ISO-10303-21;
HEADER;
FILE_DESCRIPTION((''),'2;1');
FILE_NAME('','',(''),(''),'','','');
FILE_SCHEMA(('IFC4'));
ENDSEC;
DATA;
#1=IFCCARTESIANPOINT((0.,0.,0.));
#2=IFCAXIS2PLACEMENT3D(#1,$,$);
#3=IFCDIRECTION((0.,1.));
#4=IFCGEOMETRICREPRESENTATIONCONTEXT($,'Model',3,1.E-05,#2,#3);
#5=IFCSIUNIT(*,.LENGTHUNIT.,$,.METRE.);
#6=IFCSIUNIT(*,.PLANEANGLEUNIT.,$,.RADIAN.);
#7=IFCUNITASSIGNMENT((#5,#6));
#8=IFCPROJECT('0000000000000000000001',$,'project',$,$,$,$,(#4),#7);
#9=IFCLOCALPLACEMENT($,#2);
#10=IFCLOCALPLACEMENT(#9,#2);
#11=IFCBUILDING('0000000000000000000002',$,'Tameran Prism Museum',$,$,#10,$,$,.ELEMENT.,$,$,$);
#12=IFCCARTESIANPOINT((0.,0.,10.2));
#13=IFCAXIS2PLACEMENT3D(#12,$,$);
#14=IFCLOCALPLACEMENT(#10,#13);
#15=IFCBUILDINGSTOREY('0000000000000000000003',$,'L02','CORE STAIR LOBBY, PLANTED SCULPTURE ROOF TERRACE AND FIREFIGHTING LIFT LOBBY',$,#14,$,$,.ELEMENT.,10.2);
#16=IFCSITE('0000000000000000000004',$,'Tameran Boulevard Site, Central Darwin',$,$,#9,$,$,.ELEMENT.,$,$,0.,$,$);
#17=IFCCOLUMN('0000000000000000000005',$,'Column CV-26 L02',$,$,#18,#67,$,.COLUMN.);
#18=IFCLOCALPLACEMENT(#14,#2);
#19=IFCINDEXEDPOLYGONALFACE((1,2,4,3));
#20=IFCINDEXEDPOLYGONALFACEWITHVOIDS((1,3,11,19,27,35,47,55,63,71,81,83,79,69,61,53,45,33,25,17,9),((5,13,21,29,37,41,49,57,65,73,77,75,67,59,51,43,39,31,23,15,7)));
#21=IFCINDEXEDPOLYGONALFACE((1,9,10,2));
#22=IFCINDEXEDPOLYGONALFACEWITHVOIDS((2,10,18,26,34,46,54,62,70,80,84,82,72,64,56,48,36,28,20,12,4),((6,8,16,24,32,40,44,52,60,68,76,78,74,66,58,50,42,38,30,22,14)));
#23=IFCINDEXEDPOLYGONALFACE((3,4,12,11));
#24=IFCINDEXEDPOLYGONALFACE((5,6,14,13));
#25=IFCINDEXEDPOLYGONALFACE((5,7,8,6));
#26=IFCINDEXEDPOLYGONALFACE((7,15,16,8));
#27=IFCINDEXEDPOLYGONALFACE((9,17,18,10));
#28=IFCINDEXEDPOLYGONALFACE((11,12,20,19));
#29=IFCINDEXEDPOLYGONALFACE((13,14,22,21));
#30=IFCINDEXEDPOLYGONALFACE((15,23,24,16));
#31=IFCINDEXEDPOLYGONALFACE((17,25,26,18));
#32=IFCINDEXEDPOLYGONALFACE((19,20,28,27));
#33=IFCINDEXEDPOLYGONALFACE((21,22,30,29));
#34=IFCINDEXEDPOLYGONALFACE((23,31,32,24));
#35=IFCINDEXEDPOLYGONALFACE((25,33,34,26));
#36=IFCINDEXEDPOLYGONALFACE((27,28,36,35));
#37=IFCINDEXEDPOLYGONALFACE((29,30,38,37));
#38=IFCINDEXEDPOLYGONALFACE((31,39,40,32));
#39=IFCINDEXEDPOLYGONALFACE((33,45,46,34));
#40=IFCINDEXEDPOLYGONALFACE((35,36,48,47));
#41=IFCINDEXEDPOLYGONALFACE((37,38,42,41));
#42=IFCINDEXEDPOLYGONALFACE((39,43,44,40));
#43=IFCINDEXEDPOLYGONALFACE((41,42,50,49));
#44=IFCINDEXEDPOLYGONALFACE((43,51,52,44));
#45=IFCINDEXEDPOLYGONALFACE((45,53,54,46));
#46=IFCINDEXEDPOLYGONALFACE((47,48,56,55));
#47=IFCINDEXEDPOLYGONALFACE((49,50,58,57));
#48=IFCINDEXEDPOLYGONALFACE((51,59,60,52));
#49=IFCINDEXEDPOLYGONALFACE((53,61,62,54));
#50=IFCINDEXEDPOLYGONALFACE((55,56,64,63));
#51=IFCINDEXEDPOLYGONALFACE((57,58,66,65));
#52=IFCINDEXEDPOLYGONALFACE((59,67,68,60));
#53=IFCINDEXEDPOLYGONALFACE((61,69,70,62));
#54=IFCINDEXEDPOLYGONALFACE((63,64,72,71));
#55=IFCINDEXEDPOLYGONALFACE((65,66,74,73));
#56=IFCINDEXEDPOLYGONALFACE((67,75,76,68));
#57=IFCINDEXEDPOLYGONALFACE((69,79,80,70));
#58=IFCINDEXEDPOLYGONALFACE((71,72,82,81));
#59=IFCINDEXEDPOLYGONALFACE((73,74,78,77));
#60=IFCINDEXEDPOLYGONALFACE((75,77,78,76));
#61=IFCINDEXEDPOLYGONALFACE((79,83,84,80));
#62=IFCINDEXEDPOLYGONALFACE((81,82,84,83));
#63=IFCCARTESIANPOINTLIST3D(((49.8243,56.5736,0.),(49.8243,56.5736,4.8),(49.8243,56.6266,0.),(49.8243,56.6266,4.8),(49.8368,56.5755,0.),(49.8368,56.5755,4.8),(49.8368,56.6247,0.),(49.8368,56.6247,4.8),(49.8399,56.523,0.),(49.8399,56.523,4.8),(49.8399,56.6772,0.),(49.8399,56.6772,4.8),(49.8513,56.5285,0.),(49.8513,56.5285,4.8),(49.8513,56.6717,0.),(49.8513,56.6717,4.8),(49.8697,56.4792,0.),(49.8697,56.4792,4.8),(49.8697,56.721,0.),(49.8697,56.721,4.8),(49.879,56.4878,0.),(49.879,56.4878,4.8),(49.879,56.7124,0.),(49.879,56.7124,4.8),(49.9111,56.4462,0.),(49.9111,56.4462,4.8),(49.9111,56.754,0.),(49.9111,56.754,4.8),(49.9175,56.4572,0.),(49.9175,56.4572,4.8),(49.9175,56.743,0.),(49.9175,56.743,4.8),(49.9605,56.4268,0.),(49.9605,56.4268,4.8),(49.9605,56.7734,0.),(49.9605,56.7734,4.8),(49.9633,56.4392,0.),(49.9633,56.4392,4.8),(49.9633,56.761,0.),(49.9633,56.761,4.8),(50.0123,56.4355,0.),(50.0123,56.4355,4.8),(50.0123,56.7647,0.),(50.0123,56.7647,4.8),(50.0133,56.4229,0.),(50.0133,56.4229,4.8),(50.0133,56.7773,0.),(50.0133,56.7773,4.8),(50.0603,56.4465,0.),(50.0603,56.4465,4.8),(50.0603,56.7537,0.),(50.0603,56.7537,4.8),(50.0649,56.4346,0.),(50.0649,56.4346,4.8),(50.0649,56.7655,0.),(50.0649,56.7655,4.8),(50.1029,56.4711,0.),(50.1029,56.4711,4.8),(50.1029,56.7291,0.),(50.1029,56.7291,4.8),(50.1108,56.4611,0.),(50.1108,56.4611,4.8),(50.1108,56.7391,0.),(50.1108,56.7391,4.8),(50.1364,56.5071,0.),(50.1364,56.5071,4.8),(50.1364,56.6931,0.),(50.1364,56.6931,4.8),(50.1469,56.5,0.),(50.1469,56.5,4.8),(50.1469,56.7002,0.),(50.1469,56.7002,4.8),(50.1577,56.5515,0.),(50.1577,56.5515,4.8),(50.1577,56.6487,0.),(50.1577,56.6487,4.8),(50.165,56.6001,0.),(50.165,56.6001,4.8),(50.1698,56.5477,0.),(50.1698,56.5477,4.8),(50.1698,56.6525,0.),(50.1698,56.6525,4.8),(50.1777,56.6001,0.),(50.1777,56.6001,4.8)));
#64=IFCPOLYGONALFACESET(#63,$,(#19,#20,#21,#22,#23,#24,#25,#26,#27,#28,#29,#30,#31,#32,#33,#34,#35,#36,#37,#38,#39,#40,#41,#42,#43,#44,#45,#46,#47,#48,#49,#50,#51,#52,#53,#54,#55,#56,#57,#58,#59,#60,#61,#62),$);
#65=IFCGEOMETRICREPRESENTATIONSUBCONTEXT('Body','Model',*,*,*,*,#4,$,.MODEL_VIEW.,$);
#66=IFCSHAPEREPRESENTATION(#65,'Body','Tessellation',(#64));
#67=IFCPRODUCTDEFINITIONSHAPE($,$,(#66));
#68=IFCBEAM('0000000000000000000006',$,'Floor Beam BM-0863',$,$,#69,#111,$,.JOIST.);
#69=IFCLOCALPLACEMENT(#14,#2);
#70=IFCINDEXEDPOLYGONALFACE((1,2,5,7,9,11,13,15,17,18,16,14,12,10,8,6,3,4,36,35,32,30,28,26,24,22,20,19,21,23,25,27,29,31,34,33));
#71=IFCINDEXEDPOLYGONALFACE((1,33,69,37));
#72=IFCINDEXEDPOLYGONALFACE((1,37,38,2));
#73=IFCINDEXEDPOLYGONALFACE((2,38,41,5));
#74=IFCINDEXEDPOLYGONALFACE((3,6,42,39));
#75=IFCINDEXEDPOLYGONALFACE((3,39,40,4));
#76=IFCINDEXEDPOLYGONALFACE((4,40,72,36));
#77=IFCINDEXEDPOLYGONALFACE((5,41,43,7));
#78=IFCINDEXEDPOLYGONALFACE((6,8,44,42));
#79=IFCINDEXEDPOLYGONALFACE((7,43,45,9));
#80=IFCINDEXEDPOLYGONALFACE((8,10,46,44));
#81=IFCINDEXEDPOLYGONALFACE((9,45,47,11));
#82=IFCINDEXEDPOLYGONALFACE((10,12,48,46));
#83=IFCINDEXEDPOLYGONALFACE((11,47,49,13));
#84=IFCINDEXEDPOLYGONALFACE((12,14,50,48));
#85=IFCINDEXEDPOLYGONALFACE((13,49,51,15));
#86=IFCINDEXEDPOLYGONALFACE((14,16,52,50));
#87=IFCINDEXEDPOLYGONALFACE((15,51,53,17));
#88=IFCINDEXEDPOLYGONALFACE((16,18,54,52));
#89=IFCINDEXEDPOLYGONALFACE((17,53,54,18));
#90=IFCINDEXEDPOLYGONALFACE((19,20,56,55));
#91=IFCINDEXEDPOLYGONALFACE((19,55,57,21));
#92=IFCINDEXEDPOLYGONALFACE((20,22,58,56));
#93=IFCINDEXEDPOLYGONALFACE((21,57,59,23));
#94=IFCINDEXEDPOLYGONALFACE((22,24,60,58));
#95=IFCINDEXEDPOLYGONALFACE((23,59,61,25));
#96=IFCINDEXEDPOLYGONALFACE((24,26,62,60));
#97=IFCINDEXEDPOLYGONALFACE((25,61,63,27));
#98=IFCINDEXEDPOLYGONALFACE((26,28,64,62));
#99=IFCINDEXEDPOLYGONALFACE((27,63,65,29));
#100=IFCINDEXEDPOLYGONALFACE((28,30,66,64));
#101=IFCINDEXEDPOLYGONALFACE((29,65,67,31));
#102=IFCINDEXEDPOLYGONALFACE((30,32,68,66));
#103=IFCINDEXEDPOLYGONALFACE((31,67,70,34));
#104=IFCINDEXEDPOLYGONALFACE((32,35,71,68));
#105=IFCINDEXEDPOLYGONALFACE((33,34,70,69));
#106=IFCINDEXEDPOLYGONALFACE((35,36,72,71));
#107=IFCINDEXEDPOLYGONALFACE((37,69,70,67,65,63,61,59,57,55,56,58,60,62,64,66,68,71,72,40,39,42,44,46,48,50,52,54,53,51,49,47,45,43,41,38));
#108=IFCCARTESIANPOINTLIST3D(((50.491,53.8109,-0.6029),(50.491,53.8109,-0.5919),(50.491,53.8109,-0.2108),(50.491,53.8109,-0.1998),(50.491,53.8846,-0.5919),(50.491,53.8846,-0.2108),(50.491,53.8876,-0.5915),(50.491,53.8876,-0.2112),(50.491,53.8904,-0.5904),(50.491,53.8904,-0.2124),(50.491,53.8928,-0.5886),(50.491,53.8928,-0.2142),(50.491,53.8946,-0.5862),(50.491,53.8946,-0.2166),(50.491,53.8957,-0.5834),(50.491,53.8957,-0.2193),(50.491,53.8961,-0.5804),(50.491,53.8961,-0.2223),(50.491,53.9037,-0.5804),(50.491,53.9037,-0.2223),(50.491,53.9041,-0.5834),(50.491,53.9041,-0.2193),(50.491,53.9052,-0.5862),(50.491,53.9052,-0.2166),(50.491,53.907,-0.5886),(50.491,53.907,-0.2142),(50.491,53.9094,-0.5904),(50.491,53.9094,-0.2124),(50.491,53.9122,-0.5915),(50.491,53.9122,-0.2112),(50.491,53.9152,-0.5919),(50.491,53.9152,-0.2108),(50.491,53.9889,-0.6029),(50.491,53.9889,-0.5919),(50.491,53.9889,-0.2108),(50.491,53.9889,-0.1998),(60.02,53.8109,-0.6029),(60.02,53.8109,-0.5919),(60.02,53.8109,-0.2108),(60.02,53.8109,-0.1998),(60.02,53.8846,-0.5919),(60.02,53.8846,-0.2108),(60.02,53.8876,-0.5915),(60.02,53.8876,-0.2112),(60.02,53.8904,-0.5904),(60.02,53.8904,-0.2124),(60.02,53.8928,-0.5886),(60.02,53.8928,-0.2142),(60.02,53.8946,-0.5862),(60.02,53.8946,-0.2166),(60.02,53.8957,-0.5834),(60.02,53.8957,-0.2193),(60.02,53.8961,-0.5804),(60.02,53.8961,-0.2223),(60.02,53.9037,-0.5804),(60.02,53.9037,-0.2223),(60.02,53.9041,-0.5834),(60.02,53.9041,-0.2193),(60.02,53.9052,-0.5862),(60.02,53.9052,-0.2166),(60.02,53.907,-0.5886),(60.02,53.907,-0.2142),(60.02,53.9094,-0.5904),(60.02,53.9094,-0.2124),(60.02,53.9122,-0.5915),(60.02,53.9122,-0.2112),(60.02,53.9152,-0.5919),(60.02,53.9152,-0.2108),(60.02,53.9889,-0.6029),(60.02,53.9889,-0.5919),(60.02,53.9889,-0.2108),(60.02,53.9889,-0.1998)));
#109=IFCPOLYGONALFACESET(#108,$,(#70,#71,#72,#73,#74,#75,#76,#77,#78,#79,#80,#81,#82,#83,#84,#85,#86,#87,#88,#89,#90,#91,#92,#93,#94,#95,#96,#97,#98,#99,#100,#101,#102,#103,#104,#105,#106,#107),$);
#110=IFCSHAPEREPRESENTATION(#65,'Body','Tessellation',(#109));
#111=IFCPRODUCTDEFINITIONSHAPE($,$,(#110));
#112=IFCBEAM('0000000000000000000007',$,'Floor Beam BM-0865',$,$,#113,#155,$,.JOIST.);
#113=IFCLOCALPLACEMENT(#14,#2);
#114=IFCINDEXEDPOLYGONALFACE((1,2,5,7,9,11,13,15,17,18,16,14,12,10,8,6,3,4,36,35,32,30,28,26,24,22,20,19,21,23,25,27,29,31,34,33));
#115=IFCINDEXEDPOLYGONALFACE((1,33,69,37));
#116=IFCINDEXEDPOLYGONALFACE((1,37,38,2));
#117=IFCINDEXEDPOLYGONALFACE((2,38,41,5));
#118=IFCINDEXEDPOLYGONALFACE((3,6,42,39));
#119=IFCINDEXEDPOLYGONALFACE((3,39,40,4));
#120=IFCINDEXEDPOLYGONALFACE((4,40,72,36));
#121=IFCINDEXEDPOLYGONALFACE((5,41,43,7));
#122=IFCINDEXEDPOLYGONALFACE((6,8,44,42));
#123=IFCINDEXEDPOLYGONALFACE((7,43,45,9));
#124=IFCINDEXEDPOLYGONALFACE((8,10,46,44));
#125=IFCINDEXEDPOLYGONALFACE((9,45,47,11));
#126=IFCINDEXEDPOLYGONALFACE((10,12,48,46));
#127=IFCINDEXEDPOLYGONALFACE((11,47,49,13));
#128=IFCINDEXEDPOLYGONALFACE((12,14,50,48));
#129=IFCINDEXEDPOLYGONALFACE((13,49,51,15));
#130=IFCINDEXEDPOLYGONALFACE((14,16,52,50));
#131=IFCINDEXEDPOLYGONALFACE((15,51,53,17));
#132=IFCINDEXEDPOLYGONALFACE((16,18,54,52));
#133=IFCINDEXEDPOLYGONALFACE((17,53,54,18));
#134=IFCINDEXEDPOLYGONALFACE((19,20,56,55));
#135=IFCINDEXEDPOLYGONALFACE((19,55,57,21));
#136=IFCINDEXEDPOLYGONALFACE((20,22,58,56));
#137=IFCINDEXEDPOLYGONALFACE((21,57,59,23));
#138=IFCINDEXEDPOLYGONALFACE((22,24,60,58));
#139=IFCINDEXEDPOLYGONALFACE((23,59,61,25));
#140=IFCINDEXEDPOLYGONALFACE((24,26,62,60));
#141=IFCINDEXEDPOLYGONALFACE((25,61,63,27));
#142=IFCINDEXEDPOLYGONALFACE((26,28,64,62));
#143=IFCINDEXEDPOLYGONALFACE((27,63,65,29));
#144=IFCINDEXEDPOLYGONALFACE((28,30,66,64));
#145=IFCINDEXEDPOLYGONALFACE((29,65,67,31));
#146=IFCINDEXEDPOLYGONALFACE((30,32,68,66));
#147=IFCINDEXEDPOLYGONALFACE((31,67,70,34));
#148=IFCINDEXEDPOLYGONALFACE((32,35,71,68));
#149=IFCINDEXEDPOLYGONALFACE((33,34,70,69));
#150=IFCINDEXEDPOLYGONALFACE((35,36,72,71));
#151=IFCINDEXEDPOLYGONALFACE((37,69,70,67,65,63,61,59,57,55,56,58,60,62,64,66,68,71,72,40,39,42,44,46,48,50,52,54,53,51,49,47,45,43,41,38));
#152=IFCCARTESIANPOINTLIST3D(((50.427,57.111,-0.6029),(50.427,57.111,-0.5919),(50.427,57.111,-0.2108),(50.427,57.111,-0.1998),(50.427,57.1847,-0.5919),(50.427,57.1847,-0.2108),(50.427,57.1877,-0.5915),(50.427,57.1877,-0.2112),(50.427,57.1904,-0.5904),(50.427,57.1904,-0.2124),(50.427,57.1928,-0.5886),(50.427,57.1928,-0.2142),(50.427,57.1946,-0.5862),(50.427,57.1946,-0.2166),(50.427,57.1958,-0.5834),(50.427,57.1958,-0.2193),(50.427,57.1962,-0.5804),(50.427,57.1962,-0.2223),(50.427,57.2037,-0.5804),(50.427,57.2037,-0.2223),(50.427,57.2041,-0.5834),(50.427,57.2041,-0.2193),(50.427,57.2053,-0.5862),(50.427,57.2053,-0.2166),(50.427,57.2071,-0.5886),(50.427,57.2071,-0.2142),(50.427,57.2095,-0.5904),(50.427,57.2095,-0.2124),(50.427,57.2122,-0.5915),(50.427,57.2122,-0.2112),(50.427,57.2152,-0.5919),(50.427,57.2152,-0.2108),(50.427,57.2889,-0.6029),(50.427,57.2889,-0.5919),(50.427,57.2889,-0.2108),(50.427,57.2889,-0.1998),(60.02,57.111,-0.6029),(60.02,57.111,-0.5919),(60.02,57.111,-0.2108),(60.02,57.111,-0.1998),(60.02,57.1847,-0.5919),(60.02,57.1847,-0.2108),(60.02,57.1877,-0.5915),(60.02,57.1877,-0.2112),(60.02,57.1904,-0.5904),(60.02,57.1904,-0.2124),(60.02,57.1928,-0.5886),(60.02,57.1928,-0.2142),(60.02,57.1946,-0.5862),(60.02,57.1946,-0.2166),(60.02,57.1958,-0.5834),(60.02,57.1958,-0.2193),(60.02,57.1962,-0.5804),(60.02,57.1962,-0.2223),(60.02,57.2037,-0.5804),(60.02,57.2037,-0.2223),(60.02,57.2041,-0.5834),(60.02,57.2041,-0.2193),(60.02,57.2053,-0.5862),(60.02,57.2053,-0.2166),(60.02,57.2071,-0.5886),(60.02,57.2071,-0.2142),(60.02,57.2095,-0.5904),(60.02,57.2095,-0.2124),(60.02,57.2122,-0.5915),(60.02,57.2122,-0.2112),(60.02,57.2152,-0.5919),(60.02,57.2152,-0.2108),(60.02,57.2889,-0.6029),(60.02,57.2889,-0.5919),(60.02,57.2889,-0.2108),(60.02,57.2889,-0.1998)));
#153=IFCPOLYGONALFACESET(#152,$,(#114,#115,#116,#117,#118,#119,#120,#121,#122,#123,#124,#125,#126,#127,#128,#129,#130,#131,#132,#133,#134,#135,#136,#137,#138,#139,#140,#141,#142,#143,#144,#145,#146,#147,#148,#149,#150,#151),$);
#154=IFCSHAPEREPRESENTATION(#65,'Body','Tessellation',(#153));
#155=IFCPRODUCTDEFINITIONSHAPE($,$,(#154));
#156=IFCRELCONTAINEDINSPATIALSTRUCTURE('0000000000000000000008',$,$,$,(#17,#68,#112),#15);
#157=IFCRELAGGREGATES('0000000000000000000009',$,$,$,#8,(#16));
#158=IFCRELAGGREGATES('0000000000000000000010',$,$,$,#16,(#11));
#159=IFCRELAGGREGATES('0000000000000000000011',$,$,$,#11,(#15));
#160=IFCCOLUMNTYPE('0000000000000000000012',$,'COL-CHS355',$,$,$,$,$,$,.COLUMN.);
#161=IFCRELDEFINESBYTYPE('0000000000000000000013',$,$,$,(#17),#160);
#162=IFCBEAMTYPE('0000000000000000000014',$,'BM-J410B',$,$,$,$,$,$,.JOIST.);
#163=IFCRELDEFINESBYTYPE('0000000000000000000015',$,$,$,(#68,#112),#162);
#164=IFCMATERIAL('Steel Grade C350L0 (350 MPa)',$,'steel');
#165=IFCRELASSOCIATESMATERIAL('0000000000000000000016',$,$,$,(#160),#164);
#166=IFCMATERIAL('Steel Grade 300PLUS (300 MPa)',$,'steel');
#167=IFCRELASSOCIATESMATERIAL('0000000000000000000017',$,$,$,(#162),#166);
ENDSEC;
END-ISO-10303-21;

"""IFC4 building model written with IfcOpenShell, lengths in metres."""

from ifc_helpers import new_model, si_unit, direction, frame, origin, origin_2d, place, context, subcontext, project, spatial, hollow_circle, i_section, extrude, material, material_profile, profile_set, type_object, element, save


model = new_model("IFC4")

# Units and contexts
model_context = context("Model", 3, precision=1e-05, world=origin(), true_north=direction((0.0, 1.0)))
body_context = subcontext(model_context, "Body", "Model", "MODEL_VIEW")
ifc_project = project(units=[si_unit("LENGTHUNIT", "METRE"), si_unit("PLANEANGLEUNIT", "RADIAN")], contexts=[model_context])

# Site, building, storey
site_placement = place(None, origin())
site = spatial("IfcSite", under=ifc_project, at=site_placement, Name="Tameran Boulevard Site, Central Darwin", CompositionType="ELEMENT", RefElevation=0.0)
building_placement = place(site_placement, origin())
building = spatial("IfcBuilding", under=site, at=building_placement, Name="Tameran Prism Museum", CompositionType="ELEMENT")
storey_placement = place(building_placement, frame((0.0, 0.0, 10.2)))
storey = spatial("IfcBuildingStorey", under=building, at=storey_placement, Name="L02", Description="CORE STAIR LOBBY, PLANTED SCULPTURE ROOF TERRACE AND FIREFIGHTING LIFT LOBBY", CompositionType="ELEMENT", Elevation=10.2)

# Column
ifc_material_1 = material(Name="Steel Grade C350L0 (350 MPa)", Category="steel")
ifc_material_profile_1 = material_profile(ifc_material_1, hollow_circle(Radius=0.1777, WallThickness=0.0127, at=origin_2d()))
ifc_profile_set_1 = profile_set([ifc_material_profile_1])
column_type = type_object("IfcColumnType", Name="COL-CHS355", PredefinedType="COLUMN", material=ifc_profile_set_1)
column_placement = place(storey_placement, frame((50.0, 56.6001, 0.0), z_axis=(0.0, 0.0, 1.0), x_axis=(1.0, 0.0, 0.0)))
element("IfcColumn", 1, at=column_placement, inside=storey, type_object=column_type, Name="Column CV-26 L02", PredefinedType="COLUMN", context=body_context, shape_type="SweptSolid", body=[
    extrude(hollow_circle(Radius=0.1777, WallThickness=0.0127, at=origin_2d()), origin(), (0.0, 0.0, 1.0), 4.8),
])

# Beams
ifc_material_2 = material(Name="Steel Grade 300PLUS (300 MPa)", Category="steel")
ifc_material_profile_2 = material_profile(ifc_material_2, i_section(OverallWidth=0.178, OverallDepth=0.4031, WebThickness=0.0076, FlangeThickness=0.011, FilletRadius=0.0115, at=origin_2d()))
ifc_profile_set_2 = profile_set([ifc_material_profile_2])
beam_type_1 = type_object("IfcBeamType", Name="BM-J410B", PredefinedType="JOIST", material=ifc_profile_set_2)
beam_1_placement = place(storey_placement, frame((50.491, 53.8999, -0.4014), z_axis=(1.0, 0.0, 0.0), x_axis=(0.0, 1.0, 0.0)))
element("IfcBeam", 2, at=beam_1_placement, inside=storey, type_object=beam_type_1, Name="Floor Beam BM-0863", PredefinedType="JOIST", context=body_context, shape_type="SweptSolid", body=[
    extrude(i_section(OverallWidth=0.178, OverallDepth=0.4031, WebThickness=0.0076, FlangeThickness=0.011, FilletRadius=0.0115, at=origin_2d()), origin(), (0.0, 0.0, 1.0), 9.5291),
])
beam_2_placement = place(storey_placement, frame((50.427, 57.2, -0.4014), z_axis=(1.0, 0.0, 0.0), x_axis=(0.0, 1.0, 0.0)))
element("IfcBeam", 3, at=beam_2_placement, inside=storey, type_object=beam_type_1, Name="Floor Beam BM-0865", PredefinedType="JOIST", context=body_context, shape_type="SweptSolid", body=[
    extrude(i_section(OverallWidth=0.178, OverallDepth=0.4031, WebThickness=0.0076, FlangeThickness=0.011, FilletRadius=0.0115, at=origin_2d()), origin(), (0.0, 0.0, 1.0), 9.593),
])

save(model, "model.ifc")
